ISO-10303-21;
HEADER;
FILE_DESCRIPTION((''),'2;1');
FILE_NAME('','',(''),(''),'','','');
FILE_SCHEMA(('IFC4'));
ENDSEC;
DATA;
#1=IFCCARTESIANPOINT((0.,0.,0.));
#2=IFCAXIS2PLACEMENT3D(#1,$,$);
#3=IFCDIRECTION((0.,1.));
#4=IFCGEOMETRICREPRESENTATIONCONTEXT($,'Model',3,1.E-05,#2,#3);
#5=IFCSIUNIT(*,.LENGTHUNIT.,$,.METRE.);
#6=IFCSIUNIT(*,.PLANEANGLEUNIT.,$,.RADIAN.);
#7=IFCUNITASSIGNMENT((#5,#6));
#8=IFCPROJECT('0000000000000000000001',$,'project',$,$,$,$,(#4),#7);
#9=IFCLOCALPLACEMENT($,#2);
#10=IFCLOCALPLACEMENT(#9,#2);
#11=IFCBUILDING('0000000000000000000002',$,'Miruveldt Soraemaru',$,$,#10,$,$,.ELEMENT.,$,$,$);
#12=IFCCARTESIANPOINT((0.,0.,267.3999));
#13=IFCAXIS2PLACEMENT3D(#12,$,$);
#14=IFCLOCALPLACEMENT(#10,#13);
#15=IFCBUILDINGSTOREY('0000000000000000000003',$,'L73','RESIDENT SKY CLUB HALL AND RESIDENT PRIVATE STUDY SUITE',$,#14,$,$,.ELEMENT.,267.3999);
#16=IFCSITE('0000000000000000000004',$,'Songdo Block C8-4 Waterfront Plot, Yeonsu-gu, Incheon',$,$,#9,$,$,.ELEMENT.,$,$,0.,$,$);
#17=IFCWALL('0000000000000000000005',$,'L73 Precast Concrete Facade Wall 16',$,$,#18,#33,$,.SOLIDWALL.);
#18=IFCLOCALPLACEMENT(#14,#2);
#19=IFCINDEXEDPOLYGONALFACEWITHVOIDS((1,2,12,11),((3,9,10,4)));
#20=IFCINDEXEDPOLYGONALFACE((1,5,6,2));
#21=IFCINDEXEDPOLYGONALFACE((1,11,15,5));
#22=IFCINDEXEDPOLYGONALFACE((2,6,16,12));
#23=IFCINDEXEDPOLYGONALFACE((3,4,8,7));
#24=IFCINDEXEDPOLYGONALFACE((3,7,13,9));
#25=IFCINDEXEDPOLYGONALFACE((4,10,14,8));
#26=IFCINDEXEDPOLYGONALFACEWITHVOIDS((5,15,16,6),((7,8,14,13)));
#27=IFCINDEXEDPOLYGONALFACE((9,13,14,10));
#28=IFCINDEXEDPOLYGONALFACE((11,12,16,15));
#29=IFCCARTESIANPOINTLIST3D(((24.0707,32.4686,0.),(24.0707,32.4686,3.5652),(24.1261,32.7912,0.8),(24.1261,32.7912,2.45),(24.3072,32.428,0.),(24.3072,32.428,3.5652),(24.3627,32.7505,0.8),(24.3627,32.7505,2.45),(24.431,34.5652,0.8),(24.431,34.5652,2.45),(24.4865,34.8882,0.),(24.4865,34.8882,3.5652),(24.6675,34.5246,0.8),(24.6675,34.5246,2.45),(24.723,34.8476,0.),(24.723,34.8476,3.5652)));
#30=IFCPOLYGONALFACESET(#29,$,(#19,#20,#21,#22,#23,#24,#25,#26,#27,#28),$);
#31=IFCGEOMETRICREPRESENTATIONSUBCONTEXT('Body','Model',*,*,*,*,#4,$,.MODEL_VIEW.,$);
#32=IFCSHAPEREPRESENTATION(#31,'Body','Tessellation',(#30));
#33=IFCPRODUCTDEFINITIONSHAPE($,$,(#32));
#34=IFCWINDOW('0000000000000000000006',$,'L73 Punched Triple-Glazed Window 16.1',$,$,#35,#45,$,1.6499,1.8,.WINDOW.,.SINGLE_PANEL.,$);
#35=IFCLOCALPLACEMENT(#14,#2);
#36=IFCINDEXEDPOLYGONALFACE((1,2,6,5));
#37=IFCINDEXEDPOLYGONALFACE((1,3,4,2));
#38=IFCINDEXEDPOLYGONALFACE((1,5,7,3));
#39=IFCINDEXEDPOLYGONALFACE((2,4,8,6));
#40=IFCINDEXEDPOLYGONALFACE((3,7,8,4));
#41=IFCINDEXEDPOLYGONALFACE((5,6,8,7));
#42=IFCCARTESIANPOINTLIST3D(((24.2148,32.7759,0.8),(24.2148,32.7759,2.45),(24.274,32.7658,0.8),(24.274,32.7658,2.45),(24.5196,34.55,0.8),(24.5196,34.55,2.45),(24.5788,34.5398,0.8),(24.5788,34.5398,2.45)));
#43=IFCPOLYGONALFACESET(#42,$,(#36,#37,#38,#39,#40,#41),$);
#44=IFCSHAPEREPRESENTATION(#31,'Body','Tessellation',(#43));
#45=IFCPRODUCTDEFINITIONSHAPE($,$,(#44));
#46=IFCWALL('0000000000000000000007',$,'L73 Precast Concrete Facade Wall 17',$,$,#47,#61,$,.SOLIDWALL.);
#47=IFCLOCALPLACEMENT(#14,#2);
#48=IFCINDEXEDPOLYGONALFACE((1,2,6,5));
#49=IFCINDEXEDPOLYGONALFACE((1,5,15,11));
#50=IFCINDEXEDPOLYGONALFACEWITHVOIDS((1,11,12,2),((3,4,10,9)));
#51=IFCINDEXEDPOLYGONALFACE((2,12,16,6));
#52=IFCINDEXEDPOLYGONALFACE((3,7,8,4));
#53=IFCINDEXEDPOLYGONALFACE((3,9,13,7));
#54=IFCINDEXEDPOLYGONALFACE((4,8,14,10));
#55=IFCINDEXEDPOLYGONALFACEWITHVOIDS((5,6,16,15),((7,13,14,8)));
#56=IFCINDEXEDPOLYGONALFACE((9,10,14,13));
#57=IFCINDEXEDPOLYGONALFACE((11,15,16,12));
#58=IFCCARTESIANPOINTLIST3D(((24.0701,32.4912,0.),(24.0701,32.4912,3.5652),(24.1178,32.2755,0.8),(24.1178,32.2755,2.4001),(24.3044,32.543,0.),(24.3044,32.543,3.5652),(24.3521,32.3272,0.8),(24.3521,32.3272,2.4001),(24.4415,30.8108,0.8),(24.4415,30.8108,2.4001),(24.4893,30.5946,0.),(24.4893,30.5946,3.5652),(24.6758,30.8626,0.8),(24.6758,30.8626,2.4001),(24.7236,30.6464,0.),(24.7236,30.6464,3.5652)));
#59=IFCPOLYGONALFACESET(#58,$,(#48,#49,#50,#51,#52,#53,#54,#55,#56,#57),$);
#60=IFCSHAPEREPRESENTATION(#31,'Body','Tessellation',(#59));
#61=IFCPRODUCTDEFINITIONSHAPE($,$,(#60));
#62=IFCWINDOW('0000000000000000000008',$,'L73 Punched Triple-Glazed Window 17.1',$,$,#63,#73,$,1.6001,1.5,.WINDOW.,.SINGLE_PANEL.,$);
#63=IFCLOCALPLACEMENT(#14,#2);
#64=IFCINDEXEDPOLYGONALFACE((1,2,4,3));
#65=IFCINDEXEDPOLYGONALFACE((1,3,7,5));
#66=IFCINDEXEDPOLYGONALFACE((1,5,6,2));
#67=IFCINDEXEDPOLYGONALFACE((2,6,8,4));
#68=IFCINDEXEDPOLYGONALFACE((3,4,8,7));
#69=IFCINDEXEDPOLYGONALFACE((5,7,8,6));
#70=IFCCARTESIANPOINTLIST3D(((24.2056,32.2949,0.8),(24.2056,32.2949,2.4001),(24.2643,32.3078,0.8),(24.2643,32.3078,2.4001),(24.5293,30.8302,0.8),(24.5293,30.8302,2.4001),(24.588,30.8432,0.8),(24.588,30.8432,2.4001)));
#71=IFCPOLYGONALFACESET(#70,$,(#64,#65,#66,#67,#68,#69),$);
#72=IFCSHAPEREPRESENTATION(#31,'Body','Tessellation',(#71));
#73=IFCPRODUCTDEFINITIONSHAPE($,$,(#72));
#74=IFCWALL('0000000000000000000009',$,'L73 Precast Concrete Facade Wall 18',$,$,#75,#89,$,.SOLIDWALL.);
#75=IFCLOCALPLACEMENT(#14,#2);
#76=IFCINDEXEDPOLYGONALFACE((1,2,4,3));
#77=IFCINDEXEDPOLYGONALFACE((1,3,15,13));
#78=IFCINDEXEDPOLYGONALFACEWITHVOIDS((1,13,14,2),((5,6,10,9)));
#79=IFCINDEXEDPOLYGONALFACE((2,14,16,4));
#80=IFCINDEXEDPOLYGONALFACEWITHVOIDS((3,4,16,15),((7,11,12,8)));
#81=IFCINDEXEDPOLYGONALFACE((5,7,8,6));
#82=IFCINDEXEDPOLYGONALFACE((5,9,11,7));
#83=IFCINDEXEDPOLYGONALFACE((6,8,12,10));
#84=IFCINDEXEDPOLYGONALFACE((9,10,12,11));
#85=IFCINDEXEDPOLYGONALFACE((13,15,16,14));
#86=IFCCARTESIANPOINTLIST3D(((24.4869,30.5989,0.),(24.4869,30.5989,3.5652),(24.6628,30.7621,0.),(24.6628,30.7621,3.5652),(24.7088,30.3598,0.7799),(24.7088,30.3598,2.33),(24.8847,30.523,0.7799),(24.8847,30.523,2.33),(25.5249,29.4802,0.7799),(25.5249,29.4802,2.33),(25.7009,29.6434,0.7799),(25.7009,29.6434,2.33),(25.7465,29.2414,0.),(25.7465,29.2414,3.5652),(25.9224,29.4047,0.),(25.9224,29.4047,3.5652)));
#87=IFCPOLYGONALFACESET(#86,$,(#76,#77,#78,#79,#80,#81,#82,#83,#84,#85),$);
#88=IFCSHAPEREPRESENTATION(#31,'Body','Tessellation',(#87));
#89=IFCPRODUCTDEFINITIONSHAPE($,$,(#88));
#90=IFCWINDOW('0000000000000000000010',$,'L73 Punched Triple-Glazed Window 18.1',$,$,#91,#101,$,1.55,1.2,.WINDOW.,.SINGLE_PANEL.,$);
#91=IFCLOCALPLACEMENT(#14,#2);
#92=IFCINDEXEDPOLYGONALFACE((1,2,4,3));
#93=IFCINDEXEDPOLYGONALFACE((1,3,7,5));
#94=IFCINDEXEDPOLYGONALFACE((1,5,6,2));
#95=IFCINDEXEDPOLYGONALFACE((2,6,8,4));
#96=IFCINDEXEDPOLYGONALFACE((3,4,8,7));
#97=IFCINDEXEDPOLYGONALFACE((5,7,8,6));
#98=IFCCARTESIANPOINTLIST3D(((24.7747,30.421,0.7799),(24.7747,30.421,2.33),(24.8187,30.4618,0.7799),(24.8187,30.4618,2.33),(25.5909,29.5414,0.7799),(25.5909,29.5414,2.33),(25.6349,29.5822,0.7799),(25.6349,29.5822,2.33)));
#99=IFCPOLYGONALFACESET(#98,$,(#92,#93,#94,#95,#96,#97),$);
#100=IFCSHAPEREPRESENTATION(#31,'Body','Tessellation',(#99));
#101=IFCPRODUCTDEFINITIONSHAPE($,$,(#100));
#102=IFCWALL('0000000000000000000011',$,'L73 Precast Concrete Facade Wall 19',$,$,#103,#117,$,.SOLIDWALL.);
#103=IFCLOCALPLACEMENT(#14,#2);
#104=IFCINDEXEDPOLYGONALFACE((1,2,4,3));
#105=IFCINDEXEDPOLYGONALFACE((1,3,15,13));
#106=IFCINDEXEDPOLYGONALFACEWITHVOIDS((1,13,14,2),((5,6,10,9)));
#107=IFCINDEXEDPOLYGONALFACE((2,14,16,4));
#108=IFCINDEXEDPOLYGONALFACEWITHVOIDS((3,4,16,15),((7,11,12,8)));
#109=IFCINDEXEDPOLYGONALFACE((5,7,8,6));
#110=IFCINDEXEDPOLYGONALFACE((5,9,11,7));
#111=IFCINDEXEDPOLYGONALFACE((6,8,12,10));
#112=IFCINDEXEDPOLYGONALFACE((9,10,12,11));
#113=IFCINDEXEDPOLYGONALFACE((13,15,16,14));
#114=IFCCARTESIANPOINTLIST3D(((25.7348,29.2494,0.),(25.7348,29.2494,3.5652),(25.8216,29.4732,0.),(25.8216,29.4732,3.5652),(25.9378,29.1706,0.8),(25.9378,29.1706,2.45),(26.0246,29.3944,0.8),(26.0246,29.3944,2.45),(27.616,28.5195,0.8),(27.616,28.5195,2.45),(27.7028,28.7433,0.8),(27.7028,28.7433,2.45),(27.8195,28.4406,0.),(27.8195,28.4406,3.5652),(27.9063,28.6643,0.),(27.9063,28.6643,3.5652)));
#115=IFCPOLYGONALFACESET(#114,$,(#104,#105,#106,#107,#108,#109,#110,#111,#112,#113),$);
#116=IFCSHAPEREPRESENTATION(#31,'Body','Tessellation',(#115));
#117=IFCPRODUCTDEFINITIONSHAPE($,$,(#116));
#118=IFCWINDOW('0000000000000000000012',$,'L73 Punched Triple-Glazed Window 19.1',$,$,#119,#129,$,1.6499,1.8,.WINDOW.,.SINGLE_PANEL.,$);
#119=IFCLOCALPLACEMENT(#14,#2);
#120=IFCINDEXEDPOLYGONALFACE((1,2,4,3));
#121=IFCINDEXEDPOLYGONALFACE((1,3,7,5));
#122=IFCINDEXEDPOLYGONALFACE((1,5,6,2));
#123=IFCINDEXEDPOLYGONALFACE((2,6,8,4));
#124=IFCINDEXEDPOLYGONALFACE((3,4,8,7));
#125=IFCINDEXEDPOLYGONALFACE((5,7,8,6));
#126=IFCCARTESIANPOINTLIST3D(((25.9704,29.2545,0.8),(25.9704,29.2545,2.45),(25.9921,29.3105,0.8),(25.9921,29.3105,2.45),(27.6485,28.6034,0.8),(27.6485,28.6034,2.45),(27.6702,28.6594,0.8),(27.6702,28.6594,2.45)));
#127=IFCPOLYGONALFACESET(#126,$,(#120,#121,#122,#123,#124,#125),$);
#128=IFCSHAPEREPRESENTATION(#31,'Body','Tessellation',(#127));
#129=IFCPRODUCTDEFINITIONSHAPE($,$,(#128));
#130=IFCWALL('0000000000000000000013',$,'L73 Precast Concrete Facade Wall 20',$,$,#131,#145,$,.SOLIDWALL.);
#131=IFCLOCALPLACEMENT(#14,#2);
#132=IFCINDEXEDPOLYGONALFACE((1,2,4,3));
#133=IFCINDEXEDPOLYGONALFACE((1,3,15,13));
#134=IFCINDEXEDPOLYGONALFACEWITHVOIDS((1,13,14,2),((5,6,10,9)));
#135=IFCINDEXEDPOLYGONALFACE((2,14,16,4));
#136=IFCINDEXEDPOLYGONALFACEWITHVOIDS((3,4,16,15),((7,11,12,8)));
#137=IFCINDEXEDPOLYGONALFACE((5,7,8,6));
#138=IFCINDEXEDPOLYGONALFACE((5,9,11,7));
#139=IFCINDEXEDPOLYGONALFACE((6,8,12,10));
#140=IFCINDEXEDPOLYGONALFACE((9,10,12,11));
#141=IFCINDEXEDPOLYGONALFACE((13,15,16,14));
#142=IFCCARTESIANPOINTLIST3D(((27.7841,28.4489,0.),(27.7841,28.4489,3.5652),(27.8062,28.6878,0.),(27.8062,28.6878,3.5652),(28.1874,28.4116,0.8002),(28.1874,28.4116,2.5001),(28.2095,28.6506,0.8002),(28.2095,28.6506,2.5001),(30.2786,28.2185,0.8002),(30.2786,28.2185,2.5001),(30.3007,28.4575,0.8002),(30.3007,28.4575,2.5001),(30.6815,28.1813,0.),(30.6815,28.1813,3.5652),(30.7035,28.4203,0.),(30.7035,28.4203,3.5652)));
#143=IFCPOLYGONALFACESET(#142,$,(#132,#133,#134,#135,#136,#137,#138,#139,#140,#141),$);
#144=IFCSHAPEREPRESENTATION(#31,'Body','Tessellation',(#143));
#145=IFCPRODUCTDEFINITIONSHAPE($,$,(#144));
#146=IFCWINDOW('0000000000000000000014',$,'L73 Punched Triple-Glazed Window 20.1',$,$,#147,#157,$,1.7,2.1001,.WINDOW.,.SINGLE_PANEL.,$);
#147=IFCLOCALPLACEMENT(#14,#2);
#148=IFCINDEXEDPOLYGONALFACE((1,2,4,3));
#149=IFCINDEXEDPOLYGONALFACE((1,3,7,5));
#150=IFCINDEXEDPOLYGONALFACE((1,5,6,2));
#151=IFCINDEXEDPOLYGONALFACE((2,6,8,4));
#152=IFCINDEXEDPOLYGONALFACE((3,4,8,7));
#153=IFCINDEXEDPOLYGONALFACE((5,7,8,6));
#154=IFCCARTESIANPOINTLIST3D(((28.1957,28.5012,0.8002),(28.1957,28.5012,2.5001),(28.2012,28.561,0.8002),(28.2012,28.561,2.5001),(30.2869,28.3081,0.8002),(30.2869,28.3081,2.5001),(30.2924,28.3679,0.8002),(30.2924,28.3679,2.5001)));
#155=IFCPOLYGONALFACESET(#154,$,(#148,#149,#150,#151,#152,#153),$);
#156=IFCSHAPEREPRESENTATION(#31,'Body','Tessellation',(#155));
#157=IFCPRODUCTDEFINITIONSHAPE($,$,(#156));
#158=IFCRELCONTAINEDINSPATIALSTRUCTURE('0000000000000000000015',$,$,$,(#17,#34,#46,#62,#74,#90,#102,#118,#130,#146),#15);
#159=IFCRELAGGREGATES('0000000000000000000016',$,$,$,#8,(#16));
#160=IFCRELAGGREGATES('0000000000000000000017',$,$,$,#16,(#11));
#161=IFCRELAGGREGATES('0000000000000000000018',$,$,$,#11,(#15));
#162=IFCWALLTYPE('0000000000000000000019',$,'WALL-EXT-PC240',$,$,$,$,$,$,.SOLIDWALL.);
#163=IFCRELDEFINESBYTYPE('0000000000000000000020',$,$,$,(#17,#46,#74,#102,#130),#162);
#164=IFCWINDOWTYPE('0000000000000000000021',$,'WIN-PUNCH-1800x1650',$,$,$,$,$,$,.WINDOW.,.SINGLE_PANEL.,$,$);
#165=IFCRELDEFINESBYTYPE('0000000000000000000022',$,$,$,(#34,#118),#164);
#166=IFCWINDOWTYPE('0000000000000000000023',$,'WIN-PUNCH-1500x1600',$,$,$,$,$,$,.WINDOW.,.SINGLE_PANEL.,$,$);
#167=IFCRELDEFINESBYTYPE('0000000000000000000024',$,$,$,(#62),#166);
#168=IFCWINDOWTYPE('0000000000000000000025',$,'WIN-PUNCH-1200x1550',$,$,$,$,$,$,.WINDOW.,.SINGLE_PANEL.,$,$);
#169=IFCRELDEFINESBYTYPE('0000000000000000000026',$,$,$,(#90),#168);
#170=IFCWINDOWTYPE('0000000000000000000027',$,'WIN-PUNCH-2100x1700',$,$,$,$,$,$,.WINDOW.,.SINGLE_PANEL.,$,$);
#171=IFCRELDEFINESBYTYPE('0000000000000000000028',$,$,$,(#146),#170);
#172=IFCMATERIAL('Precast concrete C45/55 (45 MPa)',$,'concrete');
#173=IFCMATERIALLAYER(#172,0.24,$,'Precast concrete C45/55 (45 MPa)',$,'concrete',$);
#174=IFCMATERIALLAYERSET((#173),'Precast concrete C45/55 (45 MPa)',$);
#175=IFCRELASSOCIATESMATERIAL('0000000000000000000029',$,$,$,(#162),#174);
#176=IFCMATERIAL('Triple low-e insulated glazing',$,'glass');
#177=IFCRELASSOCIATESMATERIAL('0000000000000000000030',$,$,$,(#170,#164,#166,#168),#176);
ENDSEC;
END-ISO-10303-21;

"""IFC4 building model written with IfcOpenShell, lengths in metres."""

from ifc_helpers import new_model, si_unit, direction, frame, frame_2d, origin, place, context, subcontext, project, spatial, rectangle, extrude, material, layer, layer_set, type_object, element, fill, save


model = new_model("IFC4")

# Units and contexts
model_context = context("Model", 3, precision=1e-05, world=origin(), true_north=direction((0.0, 1.0)))
body_context = subcontext(model_context, "Body", "Model", "MODEL_VIEW")
ifc_project = project(units=[si_unit("LENGTHUNIT", "METRE"), si_unit("PLANEANGLEUNIT", "RADIAN")], contexts=[model_context])

# Site, building, storey
site_placement = place(None, origin())
site = spatial("IfcSite", under=ifc_project, at=site_placement, Name="Songdo Block C8-4 Waterfront Plot, Yeonsu-gu, Incheon", CompositionType="ELEMENT", RefElevation=0.0)
building_placement = place(site_placement, origin())
building = spatial("IfcBuilding", under=site, at=building_placement, Name="Miruveldt Soraemaru", CompositionType="ELEMENT")
storey_placement = place(building_placement, frame((0.0, 0.0, 267.3999)))
storey = spatial("IfcBuildingStorey", under=building, at=storey_placement, Name="L73", Description="RESIDENT SKY CLUB HALL AND RESIDENT PRIVATE STUDY SUITE", CompositionType="ELEMENT", Elevation=267.3999)

# Walls, openings, windows
ifc_material_1 = material(Name="Precast concrete C45/55 (45 MPa)", Category="concrete")
ifc_layer_1 = layer(ifc_material_1, 0.24, Name="Precast concrete C45/55 (45 MPa)", Category="concrete")
ifc_layer_set_1 = layer_set([ifc_layer_1], Name="Precast concrete C45/55 (45 MPa)")
wall_type_1 = type_object("IfcWallType", Name="WALL-EXT-PC240", PredefinedType="SOLIDWALL", material=ifc_layer_set_1)
ifc_material_2 = material(Name="Triple low-e insulated glazing", Category="glass")
window_type_1 = type_object("IfcWindowType", Name="WIN-PUNCH-2100x1700", PartitioningType="SINGLE_PANEL", PredefinedType="WINDOW", material=ifc_material_2)
wall_1_placement = place(storey_placement, frame((24.6047, 34.8679, 0.0), z_axis=(0.0, 0.0, 1.0), x_axis=(-0.169347, -0.985556, 0.0)))
wall_1 = element("IfcWall", 1, at=wall_1_placement, inside=storey, type_object=wall_type_1, Name="L73 Precast Concrete Facade Wall 16", PredefinedType="SOLIDWALL", context=body_context, shape_type="SweptSolid", body=[
    extrude(rectangle(XDim=2.4551, YDim=0.24, at=frame_2d((1.2275, 0.0))), origin(), (0.0, 0.0, 1.0), 3.5652),
])
opening_1_placement = place(wall_1_placement, frame((0.3279, 0.0, 0.8)))
opening_1 = element("IfcOpeningElement", 2, at=opening_1_placement, cuts=wall_1, PredefinedType="OPENING", context=body_context, shape_type="SweptSolid", body=[
    extrude(rectangle(XDim=1.8, YDim=1.6499, at=frame_2d((0.8999, 0.825))), frame((0.0, 0.1299, 0.0), z_axis=(0.0, -1.0, 0.0), x_axis=(1.0, 0.0, 0.0)), (0.0, 0.0, 1.0), 0.26),
])
window_type_2 = type_object("IfcWindowType", Name="WIN-PUNCH-1800x1650", PartitioningType="SINGLE_PANEL", PredefinedType="WINDOW", material=ifc_material_2)
window_1_placement = place(opening_1_placement, origin())
window_1 = element("IfcWindow", 3, at=window_1_placement, inside=storey, type_object=window_type_2, Name="L73 Punched Triple-Glazed Window 16.1", OverallHeight=1.6499, OverallWidth=1.8, PartitioningType="SINGLE_PANEL", PredefinedType="WINDOW", context=body_context, shape_type="SweptSolid", body=[
    extrude(rectangle(XDim=1.8, YDim=1.6499, at=frame_2d((0.8999, 0.825))), frame((0.0, 0.03, 0.0), z_axis=(0.0, -1.0, 0.0), x_axis=(1.0, 0.0, 0.0)), (0.0, 0.0, 1.0), 0.0601),
])
fill(opening_1, window_1)
wall_2_placement = place(storey_placement, frame((24.1873, 32.5171, 0.0), z_axis=(0.0, 0.0, 1.0), x_axis=(0.215799, -0.976438, 0.0)))
wall_2 = element("IfcWall", 4, at=wall_2_placement, inside=storey, type_object=wall_type_1, Name="L73 Precast Concrete Facade Wall 17", PredefinedType="SOLIDWALL", context=body_context, shape_type="SweptSolid", body=[
    extrude(rectangle(XDim=1.9424, YDim=0.24, at=frame_2d((0.9712, 0.0))), origin(), (0.0, 0.0, 1.0), 3.5652),
])
opening_2_placement = place(wall_2_placement, frame((0.2209, 0.0, 0.8)))
opening_2 = element("IfcOpeningElement", 5, at=opening_2_placement, cuts=wall_2, PredefinedType="OPENING", context=body_context, shape_type="SweptSolid", body=[
    extrude(rectangle(XDim=1.5, YDim=1.6001, at=frame_2d((0.75, 0.8))), frame((0.0, 0.1299, 0.0), z_axis=(0.0, -1.0, 0.0), x_axis=(1.0, 0.0, 0.0)), (0.0, 0.0, 1.0), 0.26),
])
window_type_3 = type_object("IfcWindowType", Name="WIN-PUNCH-1500x1600", PartitioningType="SINGLE_PANEL", PredefinedType="WINDOW", material=ifc_material_2)
window_2_placement = place(opening_2_placement, origin())
window_2 = element("IfcWindow", 6, at=window_2_placement, inside=storey, type_object=window_type_3, Name="L73 Punched Triple-Glazed Window 17.1", OverallHeight=1.6001, OverallWidth=1.5, PartitioningType="SINGLE_PANEL", PredefinedType="WINDOW", context=body_context, shape_type="SweptSolid", body=[
    extrude(rectangle(XDim=1.5, YDim=1.6001, at=frame_2d((0.75, 0.8))), frame((0.0, 0.03, 0.0), z_axis=(0.0, -1.0, 0.0), x_axis=(1.0, 0.0, 0.0)), (0.0, 0.0, 1.0), 0.0601),
])
fill(opening_2, window_2)
wall_3_placement = place(storey_placement, frame((24.575, 30.6804, 0.0), z_axis=(0.0, 0.0, 1.0), x_axis=(0.680178, -0.733047, 0.0)))
wall_3 = element("IfcWall", 7, at=wall_3_placement, inside=storey, type_object=wall_type_1, Name="L73 Precast Concrete Facade Wall 18", PredefinedType="SOLIDWALL", context=body_context, shape_type="SweptSolid", body=[
    extrude(rectangle(XDim=1.8518, YDim=0.24, at=frame_2d((0.9258, 0.0))), origin(), (0.0, 0.0, 1.0), 3.5652),
])
opening_3_placement = place(wall_3_placement, frame((0.3259, 0.0, 0.78)))
opening_3 = element("IfcOpeningElement", 8, at=opening_3_placement, cuts=wall_3, PredefinedType="OPENING", context=body_context, shape_type="SweptSolid", body=[
    extrude(rectangle(XDim=1.2, YDim=1.55, at=frame_2d((0.6001, 0.7749))), frame((0.0, 0.1299, 0.0), z_axis=(0.0, -1.0, 0.0), x_axis=(1.0, 0.0, 0.0)), (0.0, 0.0, 1.0), 0.26),
])
window_type_4 = type_object("IfcWindowType", Name="WIN-PUNCH-1200x1550", PartitioningType="SINGLE_PANEL", PredefinedType="WINDOW", material=ifc_material_2)
window_3_placement = place(opening_3_placement, origin())
window_3 = element("IfcWindow", 9, at=window_3_placement, inside=storey, type_object=window_type_4, Name="L73 Punched Triple-Glazed Window 18.1", OverallHeight=1.55, OverallWidth=1.2, PartitioningType="SINGLE_PANEL", PredefinedType="WINDOW", context=body_context, shape_type="SweptSolid", body=[
    extrude(rectangle(XDim=1.2, YDim=1.55, at=frame_2d((0.6001, 0.7749))), frame((0.0, 0.03, 0.0), z_axis=(0.0, -1.0, 0.0), x_axis=(1.0, 0.0, 0.0)), (0.0, 0.0, 1.0), 0.0601),
])
fill(opening_3, window_3)
wall_4_placement = place(storey_placement, frame((25.7781, 29.3613, 0.0), z_axis=(0.0, 0.0, 1.0), x_axis=(0.932289, -0.361714, 0.0)))
wall_4 = element("IfcWall", 10, at=wall_4_placement, inside=storey, type_object=wall_type_1, Name="L73 Precast Concrete Facade Wall 19", PredefinedType="SOLIDWALL", context=body_context, shape_type="SweptSolid", body=[
    extrude(rectangle(XDim=2.2361, YDim=0.24, at=frame_2d((1.1182, 0.0))), origin(), (0.0, 0.0, 1.0), 3.5652),
])
opening_4_placement = place(wall_4_placement, frame((0.218, 0.0, 0.8)))
opening_4 = element("IfcOpeningElement", 11, at=opening_4_placement, cuts=wall_4, PredefinedType="OPENING", context=body_context, shape_type="SweptSolid", body=[
    extrude(rectangle(XDim=1.8, YDim=1.6499, at=frame_2d((0.8999, 0.825))), frame((0.0, 0.1299, 0.0), z_axis=(0.0, -1.0, 0.0), x_axis=(1.0, 0.0, 0.0)), (0.0, 0.0, 1.0), 0.26),
])
window_4_placement = place(opening_4_placement, origin())
window_4 = element("IfcWindow", 12, at=window_4_placement, inside=storey, type_object=window_type_2, Name="L73 Punched Triple-Glazed Window 19.1", OverallHeight=1.6499, OverallWidth=1.8, PartitioningType="SINGLE_PANEL", PredefinedType="WINDOW", context=body_context, shape_type="SweptSolid", body=[
    extrude(rectangle(XDim=1.8, YDim=1.6499, at=frame_2d((0.8999, 0.825))), frame((0.0, 0.03, 0.0), z_axis=(0.0, -1.0, 0.0), x_axis=(1.0, 0.0, 0.0)), (0.0, 0.0, 1.0), 0.0601),
])
fill(opening_4, window_4)
wall_5_placement = place(storey_placement, frame((27.7952, 28.5684, 0.0), z_axis=(0.0, 0.0, 1.0), x_axis=(0.995762, -0.091966, 0.0)))
wall_5 = element("IfcWall", 13, at=wall_5_placement, inside=storey, type_object=wall_type_1, Name="L73 Precast Concrete Facade Wall 20", PredefinedType="SOLIDWALL", context=body_context, shape_type="SweptSolid", body=[
    extrude(rectangle(XDim=2.9097, YDim=0.24, at=frame_2d((1.4548, 0.0))), origin(), (0.0, 0.0, 1.0), 3.5652),
])
opening_5_placement = place(wall_5_placement, frame((0.405, 0.0, 0.8)))
opening_5 = element("IfcOpeningElement", 14, at=opening_5_placement, cuts=wall_5, PredefinedType="OPENING", context=body_context, shape_type="SweptSolid", body=[
    extrude(rectangle(XDim=2.1001, YDim=1.7, at=frame_2d((1.05, 0.8501))), frame((0.0, 0.1299, 0.0), z_axis=(0.0, -1.0, 0.0), x_axis=(1.0, 0.0, 0.0)), (0.0, 0.0, 1.0), 0.26),
])
window_5_placement = place(opening_5_placement, origin())
window_5 = element("IfcWindow", 15, at=window_5_placement, inside=storey, type_object=window_type_1, Name="L73 Punched Triple-Glazed Window 20.1", OverallHeight=1.7, OverallWidth=2.1001, PartitioningType="SINGLE_PANEL", PredefinedType="WINDOW", context=body_context, shape_type="SweptSolid", body=[
    extrude(rectangle(XDim=2.1001, YDim=1.7, at=frame_2d((1.05, 0.8501))), frame((0.0, 0.03, 0.0), z_axis=(0.0, -1.0, 0.0), x_axis=(1.0, 0.0, 0.0)), (0.0, 0.0, 1.0), 0.0601),
])
fill(opening_5, window_5)

save(model, "model.ifc")
